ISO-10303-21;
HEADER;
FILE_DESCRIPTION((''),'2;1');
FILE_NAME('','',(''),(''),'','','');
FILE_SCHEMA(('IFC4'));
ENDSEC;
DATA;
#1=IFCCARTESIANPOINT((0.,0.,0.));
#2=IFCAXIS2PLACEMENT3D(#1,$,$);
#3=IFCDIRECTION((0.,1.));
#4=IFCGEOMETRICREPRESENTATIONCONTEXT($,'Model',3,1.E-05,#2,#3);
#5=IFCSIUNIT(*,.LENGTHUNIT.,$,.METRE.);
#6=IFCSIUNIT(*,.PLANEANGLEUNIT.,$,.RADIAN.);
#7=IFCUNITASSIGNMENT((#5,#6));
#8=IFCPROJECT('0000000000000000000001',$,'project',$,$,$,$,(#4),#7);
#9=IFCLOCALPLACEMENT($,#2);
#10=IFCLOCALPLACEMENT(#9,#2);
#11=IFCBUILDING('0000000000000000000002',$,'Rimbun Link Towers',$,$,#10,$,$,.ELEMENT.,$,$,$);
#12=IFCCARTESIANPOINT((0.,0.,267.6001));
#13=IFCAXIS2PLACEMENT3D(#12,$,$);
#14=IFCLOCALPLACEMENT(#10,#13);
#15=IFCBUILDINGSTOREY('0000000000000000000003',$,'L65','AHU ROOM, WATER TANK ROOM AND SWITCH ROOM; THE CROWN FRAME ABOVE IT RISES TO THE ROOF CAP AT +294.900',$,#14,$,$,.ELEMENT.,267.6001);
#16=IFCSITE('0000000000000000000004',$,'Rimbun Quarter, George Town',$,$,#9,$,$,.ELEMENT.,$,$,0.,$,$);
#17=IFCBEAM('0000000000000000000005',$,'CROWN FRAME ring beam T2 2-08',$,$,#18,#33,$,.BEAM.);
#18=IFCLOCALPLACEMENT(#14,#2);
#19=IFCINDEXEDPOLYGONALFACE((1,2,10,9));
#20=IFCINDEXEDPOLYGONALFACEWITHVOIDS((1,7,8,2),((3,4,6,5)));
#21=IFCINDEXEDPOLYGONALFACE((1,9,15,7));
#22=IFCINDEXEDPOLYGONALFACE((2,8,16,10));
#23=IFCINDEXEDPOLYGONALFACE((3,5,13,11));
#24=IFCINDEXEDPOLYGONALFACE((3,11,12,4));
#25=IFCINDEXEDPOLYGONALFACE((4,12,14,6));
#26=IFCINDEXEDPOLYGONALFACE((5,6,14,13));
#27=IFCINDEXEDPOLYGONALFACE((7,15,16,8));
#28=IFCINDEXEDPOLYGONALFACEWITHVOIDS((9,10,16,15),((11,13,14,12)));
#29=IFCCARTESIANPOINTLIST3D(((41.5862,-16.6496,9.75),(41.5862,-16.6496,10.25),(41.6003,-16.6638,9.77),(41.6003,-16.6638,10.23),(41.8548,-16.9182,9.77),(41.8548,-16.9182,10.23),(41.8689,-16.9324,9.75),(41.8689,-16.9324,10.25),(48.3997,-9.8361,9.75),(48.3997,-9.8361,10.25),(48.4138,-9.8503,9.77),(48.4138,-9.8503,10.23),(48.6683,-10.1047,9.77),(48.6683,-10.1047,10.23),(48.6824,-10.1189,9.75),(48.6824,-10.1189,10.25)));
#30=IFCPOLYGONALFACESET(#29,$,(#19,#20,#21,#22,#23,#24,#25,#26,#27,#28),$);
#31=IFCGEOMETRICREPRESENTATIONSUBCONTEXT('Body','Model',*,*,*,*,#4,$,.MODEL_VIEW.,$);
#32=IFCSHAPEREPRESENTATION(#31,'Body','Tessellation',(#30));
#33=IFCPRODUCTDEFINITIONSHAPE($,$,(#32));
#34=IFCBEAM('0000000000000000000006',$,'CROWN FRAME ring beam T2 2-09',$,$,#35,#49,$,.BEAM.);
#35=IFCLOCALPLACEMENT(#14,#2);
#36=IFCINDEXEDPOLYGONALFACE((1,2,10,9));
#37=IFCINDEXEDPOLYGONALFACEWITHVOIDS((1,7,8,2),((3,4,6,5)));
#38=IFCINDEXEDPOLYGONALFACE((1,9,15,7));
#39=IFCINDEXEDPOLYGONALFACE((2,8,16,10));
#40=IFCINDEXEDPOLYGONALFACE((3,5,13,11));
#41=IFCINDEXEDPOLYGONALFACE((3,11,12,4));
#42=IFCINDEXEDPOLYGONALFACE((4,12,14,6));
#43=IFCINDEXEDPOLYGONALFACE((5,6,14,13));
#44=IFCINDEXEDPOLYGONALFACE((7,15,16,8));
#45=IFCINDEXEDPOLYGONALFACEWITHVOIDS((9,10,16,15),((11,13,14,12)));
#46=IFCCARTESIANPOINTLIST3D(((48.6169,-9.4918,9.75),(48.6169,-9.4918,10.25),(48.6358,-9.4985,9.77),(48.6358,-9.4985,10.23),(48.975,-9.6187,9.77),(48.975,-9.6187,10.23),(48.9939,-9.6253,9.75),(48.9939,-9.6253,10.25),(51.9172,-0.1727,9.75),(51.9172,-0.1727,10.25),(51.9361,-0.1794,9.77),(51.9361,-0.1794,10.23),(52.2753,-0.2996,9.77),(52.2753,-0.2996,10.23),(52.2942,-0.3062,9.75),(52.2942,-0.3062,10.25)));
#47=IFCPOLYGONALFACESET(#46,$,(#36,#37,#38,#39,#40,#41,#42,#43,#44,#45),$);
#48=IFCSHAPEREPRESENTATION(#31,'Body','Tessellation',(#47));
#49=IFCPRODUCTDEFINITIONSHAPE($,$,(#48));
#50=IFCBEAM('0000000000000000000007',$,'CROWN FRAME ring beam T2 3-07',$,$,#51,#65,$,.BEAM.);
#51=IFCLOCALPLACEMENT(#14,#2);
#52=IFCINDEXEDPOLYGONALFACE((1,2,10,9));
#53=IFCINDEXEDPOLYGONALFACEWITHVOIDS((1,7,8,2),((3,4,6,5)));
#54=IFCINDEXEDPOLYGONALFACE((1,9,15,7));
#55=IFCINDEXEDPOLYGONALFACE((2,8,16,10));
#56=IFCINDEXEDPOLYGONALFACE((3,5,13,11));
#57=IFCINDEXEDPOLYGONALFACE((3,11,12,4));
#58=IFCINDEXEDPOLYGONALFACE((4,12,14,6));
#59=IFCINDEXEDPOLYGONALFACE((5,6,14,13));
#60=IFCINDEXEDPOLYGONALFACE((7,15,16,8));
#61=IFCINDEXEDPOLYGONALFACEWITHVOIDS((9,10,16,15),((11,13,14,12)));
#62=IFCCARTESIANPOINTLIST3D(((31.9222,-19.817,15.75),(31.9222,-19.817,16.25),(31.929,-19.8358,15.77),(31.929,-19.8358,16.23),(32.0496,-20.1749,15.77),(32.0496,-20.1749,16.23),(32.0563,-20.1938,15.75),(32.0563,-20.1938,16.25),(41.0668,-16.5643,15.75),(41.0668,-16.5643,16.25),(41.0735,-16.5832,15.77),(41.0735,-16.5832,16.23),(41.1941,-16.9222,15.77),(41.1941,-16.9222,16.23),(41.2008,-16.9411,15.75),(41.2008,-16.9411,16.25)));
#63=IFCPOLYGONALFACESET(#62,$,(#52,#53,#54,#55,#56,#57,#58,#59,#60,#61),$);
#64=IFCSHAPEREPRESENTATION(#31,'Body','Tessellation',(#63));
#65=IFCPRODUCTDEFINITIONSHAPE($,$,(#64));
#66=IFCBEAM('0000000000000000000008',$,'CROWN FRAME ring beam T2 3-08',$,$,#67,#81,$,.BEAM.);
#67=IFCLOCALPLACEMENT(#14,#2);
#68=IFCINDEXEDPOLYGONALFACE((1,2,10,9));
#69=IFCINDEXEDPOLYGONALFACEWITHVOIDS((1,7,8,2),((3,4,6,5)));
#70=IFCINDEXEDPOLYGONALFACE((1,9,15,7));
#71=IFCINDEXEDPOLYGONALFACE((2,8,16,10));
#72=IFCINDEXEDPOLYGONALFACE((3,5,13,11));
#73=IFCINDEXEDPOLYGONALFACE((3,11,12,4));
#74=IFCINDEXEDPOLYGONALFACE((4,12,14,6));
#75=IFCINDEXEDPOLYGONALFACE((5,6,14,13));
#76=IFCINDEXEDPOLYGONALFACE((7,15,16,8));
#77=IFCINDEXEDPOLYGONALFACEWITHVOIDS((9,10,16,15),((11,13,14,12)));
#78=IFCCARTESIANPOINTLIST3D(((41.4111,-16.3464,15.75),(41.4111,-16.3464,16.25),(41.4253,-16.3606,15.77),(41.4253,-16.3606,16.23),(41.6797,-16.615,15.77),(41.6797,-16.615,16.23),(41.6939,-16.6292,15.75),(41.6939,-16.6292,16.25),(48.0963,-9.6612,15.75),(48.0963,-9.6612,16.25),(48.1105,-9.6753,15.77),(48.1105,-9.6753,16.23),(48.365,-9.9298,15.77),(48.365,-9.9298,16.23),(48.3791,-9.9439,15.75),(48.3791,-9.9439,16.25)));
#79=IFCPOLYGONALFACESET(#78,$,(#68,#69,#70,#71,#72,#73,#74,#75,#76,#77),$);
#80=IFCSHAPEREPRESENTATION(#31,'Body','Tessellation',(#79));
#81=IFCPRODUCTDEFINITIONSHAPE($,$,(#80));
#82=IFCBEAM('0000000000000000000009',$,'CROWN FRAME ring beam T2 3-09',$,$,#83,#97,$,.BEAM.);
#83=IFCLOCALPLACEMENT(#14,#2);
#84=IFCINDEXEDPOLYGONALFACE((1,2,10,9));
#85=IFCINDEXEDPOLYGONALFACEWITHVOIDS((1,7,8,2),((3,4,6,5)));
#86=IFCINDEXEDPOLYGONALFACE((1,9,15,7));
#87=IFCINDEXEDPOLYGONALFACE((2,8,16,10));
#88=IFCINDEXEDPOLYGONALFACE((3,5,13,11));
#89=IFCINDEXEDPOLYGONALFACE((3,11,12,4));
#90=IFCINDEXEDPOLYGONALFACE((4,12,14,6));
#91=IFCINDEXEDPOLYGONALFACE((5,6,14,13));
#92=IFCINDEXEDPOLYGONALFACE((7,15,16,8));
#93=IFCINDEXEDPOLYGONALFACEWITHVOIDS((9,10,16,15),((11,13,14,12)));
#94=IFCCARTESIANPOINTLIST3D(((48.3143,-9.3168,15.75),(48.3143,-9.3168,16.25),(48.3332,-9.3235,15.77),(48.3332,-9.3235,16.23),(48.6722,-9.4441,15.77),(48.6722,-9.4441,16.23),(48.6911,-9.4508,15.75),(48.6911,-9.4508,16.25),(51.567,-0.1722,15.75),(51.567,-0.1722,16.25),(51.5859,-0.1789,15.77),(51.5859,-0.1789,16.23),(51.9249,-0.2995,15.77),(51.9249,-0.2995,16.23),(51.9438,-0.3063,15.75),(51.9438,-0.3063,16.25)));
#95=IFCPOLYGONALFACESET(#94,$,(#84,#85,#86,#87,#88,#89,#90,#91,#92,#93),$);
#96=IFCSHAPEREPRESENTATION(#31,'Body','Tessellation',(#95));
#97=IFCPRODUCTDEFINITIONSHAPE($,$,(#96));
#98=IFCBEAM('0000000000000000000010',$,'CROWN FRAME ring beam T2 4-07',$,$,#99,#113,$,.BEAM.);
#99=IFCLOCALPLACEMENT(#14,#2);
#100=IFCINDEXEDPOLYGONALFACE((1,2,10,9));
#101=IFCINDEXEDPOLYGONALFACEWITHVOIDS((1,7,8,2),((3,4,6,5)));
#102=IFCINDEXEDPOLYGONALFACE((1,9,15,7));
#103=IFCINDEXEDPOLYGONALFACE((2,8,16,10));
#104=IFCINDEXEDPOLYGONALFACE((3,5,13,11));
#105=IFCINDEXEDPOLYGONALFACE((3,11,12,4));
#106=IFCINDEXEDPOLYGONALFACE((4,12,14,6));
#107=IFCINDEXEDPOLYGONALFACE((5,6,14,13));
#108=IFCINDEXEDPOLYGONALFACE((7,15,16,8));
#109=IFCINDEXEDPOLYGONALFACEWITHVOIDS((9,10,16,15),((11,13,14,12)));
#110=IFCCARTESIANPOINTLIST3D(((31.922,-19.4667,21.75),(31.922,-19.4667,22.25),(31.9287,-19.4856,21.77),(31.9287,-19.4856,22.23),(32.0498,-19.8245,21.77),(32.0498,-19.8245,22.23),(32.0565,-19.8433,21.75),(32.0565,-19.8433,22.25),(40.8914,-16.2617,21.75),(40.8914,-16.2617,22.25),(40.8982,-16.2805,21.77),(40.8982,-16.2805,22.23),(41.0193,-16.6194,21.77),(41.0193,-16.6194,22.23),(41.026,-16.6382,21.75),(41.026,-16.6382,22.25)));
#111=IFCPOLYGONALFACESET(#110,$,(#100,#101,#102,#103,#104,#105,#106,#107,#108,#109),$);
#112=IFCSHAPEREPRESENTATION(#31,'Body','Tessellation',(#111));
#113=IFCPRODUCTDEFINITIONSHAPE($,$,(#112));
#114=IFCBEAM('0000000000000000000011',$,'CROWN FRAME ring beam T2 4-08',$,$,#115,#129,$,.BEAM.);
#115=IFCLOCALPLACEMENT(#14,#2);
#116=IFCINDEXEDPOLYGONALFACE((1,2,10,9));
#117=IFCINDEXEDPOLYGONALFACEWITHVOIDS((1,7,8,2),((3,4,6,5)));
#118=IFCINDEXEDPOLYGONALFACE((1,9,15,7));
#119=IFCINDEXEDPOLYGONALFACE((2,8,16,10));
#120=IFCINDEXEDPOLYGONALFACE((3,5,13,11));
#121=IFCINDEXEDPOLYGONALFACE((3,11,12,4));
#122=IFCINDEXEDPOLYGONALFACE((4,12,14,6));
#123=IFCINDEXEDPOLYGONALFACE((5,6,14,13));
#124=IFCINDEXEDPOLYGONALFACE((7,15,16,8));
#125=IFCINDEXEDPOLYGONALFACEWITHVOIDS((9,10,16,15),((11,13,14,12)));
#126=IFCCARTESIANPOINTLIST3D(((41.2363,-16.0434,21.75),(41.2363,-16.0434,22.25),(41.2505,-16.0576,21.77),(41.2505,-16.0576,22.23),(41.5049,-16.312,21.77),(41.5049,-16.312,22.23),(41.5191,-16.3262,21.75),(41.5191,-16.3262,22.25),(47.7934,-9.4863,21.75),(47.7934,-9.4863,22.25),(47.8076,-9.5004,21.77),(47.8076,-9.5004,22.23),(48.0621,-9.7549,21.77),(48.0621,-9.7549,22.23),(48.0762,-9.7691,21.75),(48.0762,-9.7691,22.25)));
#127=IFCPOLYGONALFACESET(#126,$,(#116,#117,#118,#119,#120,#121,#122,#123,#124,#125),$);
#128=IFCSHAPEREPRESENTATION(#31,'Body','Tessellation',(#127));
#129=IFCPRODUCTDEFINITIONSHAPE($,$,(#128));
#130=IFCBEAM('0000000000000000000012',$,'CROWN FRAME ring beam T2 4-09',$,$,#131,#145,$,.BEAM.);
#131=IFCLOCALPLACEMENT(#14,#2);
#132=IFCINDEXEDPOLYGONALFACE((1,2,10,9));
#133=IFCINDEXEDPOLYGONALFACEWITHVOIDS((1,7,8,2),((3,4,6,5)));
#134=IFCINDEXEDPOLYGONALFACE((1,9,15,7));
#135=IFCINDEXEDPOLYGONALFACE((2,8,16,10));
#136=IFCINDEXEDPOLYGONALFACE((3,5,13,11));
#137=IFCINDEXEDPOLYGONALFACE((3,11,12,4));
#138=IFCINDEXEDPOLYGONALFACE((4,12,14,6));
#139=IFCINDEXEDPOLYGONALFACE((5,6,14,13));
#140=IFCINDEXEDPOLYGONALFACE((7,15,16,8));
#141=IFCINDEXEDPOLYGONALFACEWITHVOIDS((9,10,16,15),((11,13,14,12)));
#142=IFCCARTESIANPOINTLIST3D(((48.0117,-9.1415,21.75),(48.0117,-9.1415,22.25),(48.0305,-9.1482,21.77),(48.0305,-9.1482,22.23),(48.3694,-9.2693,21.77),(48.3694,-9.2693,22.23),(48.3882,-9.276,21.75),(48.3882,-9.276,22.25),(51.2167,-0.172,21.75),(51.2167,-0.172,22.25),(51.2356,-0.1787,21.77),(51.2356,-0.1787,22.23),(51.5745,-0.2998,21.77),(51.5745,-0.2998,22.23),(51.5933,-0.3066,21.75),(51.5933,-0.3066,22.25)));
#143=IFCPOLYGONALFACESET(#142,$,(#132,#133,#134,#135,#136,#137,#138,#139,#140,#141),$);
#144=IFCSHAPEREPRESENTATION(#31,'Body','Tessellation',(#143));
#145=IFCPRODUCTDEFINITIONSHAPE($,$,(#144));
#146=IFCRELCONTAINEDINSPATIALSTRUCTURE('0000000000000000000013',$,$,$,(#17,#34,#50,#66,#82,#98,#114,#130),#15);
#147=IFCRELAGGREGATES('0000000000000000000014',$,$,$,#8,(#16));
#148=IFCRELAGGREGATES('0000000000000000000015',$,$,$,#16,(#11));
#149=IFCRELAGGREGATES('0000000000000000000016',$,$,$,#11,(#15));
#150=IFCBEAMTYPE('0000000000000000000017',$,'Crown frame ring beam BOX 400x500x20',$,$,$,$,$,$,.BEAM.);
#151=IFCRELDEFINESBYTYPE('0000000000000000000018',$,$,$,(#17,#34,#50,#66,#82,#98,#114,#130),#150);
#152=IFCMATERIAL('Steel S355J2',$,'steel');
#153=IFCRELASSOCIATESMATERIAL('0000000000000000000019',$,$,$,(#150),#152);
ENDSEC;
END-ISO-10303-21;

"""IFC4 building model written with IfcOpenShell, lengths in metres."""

from ifc_helpers import new_model, si_unit, direction, frame, origin, origin_2d, place, context, subcontext, project, spatial, hollow_rectangle, extrude, material, material_profile, profile_set, type_object, element, save


model = new_model("IFC4")

# Units and contexts
model_context = context("Model", 3, precision=1e-05, world=origin(), true_north=direction((0.0, 1.0)))
body_context = subcontext(model_context, "Body", "Model", "MODEL_VIEW")
ifc_project = project(units=[si_unit("LENGTHUNIT", "METRE"), si_unit("PLANEANGLEUNIT", "RADIAN")], contexts=[model_context])

# Site, building, storey
site_placement = place(None, origin())
site = spatial("IfcSite", under=ifc_project, at=site_placement, Name="Rimbun Quarter, George Town", CompositionType="ELEMENT", RefElevation=0.0)
building_placement = place(site_placement, origin())
building = spatial("IfcBuilding", under=site, at=building_placement, Name="Rimbun Link Towers", CompositionType="ELEMENT")
storey_placement = place(building_placement, frame((0.0, 0.0, 267.6001)))
storey = spatial("IfcBuildingStorey", under=building, at=storey_placement, Name="L65", Description="AHU ROOM, WATER TANK ROOM AND SWITCH ROOM; THE CROWN FRAME ABOVE IT RISES TO THE ROOF CAP AT +294.900", CompositionType="ELEMENT", Elevation=267.6001)

# Beams
ifc_material_1 = material(Name="Steel S355J2", Category="steel")
ifc_material_profile_1 = material_profile(ifc_material_1, hollow_rectangle(XDim=0.3999, YDim=0.5, WallThickness=0.02, at=origin_2d()), Name="Crown frame ring beam BOX 400x500x20")
ifc_profile_set_1 = profile_set([ifc_material_profile_1], Name="Steel S355J2")
beam_type = type_object("IfcBeamType", Name="Crown frame ring beam BOX 400x500x20", PredefinedType="BEAM", material=ifc_profile_set_1)
beam_1_placement = place(storey_placement, frame((41.7275, -16.791, 10.0), z_axis=(0.707107, 0.707107, 0.0), x_axis=(-0.707107, 0.707107, 0.0)))
element("IfcBeam", 1, at=beam_1_placement, inside=storey, type_object=beam_type, Name="CROWN FRAME ring beam T2 2-08", PredefinedType="BEAM", context=body_context, shape_type="SweptSolid", body=[
    extrude(hollow_rectangle(XDim=0.3999, YDim=0.5, WallThickness=0.02, at=origin_2d()), origin(), (0.0, 0.0, 1.0), 9.6357),
])
beam_2_placement = place(storey_placement, frame((48.8054, -9.5586, 10.0), z_axis=(0.333827, 0.942634, 0.0), x_axis=(-0.942634, 0.333827, 0.0)))
element("IfcBeam", 2, at=beam_2_placement, inside=storey, type_object=beam_type, Name="CROWN FRAME ring beam T2 2-09", PredefinedType="BEAM", context=body_context, shape_type="SweptSolid", body=[
    extrude(hollow_rectangle(XDim=0.3999, YDim=0.5, WallThickness=0.02, at=origin_2d()), origin(), (0.0, 0.0, 1.0), 9.8862),
])
beam_3_placement = place(storey_placement, frame((31.9893, -20.0054, 16.0), z_axis=(0.942173, 0.335128, 0.0), x_axis=(-0.335128, 0.942173, 0.0)))
element("IfcBeam", 3, at=beam_3_placement, inside=storey, type_object=beam_type, Name="CROWN FRAME ring beam T2 3-07", PredefinedType="BEAM", context=body_context, shape_type="SweptSolid", body=[
    extrude(hollow_rectangle(XDim=0.3999, YDim=0.5, WallThickness=0.02, at=origin_2d()), origin(), (0.0, 0.0, 1.0), 9.7058),
])
beam_4_placement = place(storey_placement, frame((41.5525, -16.4878, 16.0), z_axis=(0.707107, 0.707107, 0.0), x_axis=(-0.707107, 0.707107, 0.0)))
element("IfcBeam", 4, at=beam_4_placement, inside=storey, type_object=beam_type, Name="CROWN FRAME ring beam T2 3-08", PredefinedType="BEAM", context=body_context, shape_type="SweptSolid", body=[
    extrude(hollow_rectangle(XDim=0.3999, YDim=0.5, WallThickness=0.02, at=origin_2d()), origin(), (0.0, 0.0, 1.0), 9.4543),
])
beam_5_placement = place(storey_placement, frame((48.5027, -9.3838, 16.0), z_axis=(0.335128, 0.942173, 0.0), x_axis=(-0.942173, 0.335128, 0.0)))
element("IfcBeam", 5, at=beam_5_placement, inside=storey, type_object=beam_type, Name="CROWN FRAME ring beam T2 3-09", PredefinedType="BEAM", context=body_context, shape_type="SweptSolid", body=[
    extrude(hollow_rectangle(XDim=0.3999, YDim=0.5, WallThickness=0.02, at=origin_2d()), origin(), (0.0, 0.0, 1.0), 9.7058),
])
beam_6_placement = place(storey_placement, frame((31.9893, -19.655, 22.0), z_axis=(0.941686, 0.336494, 0.0), x_axis=(-0.336494, 0.941686, 0.0)))
element("IfcBeam", 6, at=beam_6_placement, inside=storey, type_object=beam_type, Name="CROWN FRAME ring beam T2 4-07", PredefinedType="BEAM", context=body_context, shape_type="SweptSolid", body=[
    extrude(hollow_rectangle(XDim=0.3999, YDim=0.5, WallThickness=0.02, at=origin_2d()), origin(), (0.0, 0.0, 1.0), 9.5249),
])
beam_7_placement = place(storey_placement, frame((41.3777, -16.1848, 22.0), z_axis=(0.707107, 0.707107, 0.0), x_axis=(-0.707107, 0.707107, 0.0)))
element("IfcBeam", 7, at=beam_7_placement, inside=storey, type_object=beam_type, Name="CROWN FRAME ring beam T2 4-08", PredefinedType="BEAM", context=body_context, shape_type="SweptSolid", body=[
    extrude(hollow_rectangle(XDim=0.3999, YDim=0.5, WallThickness=0.02, at=origin_2d()), origin(), (0.0, 0.0, 1.0), 9.2732),
])
beam_8_placement = place(storey_placement, frame((48.2, -9.2087, 22.0), z_axis=(0.336494, 0.941686, 0.0), x_axis=(-0.941686, 0.336494, 0.0)))
element("IfcBeam", 8, at=beam_8_placement, inside=storey, type_object=beam_type, Name="CROWN FRAME ring beam T2 4-09", PredefinedType="BEAM", context=body_context, shape_type="SweptSolid", body=[
    extrude(hollow_rectangle(XDim=0.3999, YDim=0.5, WallThickness=0.02, at=origin_2d()), origin(), (0.0, 0.0, 1.0), 9.5249),
])

save(model, "model.ifc")
